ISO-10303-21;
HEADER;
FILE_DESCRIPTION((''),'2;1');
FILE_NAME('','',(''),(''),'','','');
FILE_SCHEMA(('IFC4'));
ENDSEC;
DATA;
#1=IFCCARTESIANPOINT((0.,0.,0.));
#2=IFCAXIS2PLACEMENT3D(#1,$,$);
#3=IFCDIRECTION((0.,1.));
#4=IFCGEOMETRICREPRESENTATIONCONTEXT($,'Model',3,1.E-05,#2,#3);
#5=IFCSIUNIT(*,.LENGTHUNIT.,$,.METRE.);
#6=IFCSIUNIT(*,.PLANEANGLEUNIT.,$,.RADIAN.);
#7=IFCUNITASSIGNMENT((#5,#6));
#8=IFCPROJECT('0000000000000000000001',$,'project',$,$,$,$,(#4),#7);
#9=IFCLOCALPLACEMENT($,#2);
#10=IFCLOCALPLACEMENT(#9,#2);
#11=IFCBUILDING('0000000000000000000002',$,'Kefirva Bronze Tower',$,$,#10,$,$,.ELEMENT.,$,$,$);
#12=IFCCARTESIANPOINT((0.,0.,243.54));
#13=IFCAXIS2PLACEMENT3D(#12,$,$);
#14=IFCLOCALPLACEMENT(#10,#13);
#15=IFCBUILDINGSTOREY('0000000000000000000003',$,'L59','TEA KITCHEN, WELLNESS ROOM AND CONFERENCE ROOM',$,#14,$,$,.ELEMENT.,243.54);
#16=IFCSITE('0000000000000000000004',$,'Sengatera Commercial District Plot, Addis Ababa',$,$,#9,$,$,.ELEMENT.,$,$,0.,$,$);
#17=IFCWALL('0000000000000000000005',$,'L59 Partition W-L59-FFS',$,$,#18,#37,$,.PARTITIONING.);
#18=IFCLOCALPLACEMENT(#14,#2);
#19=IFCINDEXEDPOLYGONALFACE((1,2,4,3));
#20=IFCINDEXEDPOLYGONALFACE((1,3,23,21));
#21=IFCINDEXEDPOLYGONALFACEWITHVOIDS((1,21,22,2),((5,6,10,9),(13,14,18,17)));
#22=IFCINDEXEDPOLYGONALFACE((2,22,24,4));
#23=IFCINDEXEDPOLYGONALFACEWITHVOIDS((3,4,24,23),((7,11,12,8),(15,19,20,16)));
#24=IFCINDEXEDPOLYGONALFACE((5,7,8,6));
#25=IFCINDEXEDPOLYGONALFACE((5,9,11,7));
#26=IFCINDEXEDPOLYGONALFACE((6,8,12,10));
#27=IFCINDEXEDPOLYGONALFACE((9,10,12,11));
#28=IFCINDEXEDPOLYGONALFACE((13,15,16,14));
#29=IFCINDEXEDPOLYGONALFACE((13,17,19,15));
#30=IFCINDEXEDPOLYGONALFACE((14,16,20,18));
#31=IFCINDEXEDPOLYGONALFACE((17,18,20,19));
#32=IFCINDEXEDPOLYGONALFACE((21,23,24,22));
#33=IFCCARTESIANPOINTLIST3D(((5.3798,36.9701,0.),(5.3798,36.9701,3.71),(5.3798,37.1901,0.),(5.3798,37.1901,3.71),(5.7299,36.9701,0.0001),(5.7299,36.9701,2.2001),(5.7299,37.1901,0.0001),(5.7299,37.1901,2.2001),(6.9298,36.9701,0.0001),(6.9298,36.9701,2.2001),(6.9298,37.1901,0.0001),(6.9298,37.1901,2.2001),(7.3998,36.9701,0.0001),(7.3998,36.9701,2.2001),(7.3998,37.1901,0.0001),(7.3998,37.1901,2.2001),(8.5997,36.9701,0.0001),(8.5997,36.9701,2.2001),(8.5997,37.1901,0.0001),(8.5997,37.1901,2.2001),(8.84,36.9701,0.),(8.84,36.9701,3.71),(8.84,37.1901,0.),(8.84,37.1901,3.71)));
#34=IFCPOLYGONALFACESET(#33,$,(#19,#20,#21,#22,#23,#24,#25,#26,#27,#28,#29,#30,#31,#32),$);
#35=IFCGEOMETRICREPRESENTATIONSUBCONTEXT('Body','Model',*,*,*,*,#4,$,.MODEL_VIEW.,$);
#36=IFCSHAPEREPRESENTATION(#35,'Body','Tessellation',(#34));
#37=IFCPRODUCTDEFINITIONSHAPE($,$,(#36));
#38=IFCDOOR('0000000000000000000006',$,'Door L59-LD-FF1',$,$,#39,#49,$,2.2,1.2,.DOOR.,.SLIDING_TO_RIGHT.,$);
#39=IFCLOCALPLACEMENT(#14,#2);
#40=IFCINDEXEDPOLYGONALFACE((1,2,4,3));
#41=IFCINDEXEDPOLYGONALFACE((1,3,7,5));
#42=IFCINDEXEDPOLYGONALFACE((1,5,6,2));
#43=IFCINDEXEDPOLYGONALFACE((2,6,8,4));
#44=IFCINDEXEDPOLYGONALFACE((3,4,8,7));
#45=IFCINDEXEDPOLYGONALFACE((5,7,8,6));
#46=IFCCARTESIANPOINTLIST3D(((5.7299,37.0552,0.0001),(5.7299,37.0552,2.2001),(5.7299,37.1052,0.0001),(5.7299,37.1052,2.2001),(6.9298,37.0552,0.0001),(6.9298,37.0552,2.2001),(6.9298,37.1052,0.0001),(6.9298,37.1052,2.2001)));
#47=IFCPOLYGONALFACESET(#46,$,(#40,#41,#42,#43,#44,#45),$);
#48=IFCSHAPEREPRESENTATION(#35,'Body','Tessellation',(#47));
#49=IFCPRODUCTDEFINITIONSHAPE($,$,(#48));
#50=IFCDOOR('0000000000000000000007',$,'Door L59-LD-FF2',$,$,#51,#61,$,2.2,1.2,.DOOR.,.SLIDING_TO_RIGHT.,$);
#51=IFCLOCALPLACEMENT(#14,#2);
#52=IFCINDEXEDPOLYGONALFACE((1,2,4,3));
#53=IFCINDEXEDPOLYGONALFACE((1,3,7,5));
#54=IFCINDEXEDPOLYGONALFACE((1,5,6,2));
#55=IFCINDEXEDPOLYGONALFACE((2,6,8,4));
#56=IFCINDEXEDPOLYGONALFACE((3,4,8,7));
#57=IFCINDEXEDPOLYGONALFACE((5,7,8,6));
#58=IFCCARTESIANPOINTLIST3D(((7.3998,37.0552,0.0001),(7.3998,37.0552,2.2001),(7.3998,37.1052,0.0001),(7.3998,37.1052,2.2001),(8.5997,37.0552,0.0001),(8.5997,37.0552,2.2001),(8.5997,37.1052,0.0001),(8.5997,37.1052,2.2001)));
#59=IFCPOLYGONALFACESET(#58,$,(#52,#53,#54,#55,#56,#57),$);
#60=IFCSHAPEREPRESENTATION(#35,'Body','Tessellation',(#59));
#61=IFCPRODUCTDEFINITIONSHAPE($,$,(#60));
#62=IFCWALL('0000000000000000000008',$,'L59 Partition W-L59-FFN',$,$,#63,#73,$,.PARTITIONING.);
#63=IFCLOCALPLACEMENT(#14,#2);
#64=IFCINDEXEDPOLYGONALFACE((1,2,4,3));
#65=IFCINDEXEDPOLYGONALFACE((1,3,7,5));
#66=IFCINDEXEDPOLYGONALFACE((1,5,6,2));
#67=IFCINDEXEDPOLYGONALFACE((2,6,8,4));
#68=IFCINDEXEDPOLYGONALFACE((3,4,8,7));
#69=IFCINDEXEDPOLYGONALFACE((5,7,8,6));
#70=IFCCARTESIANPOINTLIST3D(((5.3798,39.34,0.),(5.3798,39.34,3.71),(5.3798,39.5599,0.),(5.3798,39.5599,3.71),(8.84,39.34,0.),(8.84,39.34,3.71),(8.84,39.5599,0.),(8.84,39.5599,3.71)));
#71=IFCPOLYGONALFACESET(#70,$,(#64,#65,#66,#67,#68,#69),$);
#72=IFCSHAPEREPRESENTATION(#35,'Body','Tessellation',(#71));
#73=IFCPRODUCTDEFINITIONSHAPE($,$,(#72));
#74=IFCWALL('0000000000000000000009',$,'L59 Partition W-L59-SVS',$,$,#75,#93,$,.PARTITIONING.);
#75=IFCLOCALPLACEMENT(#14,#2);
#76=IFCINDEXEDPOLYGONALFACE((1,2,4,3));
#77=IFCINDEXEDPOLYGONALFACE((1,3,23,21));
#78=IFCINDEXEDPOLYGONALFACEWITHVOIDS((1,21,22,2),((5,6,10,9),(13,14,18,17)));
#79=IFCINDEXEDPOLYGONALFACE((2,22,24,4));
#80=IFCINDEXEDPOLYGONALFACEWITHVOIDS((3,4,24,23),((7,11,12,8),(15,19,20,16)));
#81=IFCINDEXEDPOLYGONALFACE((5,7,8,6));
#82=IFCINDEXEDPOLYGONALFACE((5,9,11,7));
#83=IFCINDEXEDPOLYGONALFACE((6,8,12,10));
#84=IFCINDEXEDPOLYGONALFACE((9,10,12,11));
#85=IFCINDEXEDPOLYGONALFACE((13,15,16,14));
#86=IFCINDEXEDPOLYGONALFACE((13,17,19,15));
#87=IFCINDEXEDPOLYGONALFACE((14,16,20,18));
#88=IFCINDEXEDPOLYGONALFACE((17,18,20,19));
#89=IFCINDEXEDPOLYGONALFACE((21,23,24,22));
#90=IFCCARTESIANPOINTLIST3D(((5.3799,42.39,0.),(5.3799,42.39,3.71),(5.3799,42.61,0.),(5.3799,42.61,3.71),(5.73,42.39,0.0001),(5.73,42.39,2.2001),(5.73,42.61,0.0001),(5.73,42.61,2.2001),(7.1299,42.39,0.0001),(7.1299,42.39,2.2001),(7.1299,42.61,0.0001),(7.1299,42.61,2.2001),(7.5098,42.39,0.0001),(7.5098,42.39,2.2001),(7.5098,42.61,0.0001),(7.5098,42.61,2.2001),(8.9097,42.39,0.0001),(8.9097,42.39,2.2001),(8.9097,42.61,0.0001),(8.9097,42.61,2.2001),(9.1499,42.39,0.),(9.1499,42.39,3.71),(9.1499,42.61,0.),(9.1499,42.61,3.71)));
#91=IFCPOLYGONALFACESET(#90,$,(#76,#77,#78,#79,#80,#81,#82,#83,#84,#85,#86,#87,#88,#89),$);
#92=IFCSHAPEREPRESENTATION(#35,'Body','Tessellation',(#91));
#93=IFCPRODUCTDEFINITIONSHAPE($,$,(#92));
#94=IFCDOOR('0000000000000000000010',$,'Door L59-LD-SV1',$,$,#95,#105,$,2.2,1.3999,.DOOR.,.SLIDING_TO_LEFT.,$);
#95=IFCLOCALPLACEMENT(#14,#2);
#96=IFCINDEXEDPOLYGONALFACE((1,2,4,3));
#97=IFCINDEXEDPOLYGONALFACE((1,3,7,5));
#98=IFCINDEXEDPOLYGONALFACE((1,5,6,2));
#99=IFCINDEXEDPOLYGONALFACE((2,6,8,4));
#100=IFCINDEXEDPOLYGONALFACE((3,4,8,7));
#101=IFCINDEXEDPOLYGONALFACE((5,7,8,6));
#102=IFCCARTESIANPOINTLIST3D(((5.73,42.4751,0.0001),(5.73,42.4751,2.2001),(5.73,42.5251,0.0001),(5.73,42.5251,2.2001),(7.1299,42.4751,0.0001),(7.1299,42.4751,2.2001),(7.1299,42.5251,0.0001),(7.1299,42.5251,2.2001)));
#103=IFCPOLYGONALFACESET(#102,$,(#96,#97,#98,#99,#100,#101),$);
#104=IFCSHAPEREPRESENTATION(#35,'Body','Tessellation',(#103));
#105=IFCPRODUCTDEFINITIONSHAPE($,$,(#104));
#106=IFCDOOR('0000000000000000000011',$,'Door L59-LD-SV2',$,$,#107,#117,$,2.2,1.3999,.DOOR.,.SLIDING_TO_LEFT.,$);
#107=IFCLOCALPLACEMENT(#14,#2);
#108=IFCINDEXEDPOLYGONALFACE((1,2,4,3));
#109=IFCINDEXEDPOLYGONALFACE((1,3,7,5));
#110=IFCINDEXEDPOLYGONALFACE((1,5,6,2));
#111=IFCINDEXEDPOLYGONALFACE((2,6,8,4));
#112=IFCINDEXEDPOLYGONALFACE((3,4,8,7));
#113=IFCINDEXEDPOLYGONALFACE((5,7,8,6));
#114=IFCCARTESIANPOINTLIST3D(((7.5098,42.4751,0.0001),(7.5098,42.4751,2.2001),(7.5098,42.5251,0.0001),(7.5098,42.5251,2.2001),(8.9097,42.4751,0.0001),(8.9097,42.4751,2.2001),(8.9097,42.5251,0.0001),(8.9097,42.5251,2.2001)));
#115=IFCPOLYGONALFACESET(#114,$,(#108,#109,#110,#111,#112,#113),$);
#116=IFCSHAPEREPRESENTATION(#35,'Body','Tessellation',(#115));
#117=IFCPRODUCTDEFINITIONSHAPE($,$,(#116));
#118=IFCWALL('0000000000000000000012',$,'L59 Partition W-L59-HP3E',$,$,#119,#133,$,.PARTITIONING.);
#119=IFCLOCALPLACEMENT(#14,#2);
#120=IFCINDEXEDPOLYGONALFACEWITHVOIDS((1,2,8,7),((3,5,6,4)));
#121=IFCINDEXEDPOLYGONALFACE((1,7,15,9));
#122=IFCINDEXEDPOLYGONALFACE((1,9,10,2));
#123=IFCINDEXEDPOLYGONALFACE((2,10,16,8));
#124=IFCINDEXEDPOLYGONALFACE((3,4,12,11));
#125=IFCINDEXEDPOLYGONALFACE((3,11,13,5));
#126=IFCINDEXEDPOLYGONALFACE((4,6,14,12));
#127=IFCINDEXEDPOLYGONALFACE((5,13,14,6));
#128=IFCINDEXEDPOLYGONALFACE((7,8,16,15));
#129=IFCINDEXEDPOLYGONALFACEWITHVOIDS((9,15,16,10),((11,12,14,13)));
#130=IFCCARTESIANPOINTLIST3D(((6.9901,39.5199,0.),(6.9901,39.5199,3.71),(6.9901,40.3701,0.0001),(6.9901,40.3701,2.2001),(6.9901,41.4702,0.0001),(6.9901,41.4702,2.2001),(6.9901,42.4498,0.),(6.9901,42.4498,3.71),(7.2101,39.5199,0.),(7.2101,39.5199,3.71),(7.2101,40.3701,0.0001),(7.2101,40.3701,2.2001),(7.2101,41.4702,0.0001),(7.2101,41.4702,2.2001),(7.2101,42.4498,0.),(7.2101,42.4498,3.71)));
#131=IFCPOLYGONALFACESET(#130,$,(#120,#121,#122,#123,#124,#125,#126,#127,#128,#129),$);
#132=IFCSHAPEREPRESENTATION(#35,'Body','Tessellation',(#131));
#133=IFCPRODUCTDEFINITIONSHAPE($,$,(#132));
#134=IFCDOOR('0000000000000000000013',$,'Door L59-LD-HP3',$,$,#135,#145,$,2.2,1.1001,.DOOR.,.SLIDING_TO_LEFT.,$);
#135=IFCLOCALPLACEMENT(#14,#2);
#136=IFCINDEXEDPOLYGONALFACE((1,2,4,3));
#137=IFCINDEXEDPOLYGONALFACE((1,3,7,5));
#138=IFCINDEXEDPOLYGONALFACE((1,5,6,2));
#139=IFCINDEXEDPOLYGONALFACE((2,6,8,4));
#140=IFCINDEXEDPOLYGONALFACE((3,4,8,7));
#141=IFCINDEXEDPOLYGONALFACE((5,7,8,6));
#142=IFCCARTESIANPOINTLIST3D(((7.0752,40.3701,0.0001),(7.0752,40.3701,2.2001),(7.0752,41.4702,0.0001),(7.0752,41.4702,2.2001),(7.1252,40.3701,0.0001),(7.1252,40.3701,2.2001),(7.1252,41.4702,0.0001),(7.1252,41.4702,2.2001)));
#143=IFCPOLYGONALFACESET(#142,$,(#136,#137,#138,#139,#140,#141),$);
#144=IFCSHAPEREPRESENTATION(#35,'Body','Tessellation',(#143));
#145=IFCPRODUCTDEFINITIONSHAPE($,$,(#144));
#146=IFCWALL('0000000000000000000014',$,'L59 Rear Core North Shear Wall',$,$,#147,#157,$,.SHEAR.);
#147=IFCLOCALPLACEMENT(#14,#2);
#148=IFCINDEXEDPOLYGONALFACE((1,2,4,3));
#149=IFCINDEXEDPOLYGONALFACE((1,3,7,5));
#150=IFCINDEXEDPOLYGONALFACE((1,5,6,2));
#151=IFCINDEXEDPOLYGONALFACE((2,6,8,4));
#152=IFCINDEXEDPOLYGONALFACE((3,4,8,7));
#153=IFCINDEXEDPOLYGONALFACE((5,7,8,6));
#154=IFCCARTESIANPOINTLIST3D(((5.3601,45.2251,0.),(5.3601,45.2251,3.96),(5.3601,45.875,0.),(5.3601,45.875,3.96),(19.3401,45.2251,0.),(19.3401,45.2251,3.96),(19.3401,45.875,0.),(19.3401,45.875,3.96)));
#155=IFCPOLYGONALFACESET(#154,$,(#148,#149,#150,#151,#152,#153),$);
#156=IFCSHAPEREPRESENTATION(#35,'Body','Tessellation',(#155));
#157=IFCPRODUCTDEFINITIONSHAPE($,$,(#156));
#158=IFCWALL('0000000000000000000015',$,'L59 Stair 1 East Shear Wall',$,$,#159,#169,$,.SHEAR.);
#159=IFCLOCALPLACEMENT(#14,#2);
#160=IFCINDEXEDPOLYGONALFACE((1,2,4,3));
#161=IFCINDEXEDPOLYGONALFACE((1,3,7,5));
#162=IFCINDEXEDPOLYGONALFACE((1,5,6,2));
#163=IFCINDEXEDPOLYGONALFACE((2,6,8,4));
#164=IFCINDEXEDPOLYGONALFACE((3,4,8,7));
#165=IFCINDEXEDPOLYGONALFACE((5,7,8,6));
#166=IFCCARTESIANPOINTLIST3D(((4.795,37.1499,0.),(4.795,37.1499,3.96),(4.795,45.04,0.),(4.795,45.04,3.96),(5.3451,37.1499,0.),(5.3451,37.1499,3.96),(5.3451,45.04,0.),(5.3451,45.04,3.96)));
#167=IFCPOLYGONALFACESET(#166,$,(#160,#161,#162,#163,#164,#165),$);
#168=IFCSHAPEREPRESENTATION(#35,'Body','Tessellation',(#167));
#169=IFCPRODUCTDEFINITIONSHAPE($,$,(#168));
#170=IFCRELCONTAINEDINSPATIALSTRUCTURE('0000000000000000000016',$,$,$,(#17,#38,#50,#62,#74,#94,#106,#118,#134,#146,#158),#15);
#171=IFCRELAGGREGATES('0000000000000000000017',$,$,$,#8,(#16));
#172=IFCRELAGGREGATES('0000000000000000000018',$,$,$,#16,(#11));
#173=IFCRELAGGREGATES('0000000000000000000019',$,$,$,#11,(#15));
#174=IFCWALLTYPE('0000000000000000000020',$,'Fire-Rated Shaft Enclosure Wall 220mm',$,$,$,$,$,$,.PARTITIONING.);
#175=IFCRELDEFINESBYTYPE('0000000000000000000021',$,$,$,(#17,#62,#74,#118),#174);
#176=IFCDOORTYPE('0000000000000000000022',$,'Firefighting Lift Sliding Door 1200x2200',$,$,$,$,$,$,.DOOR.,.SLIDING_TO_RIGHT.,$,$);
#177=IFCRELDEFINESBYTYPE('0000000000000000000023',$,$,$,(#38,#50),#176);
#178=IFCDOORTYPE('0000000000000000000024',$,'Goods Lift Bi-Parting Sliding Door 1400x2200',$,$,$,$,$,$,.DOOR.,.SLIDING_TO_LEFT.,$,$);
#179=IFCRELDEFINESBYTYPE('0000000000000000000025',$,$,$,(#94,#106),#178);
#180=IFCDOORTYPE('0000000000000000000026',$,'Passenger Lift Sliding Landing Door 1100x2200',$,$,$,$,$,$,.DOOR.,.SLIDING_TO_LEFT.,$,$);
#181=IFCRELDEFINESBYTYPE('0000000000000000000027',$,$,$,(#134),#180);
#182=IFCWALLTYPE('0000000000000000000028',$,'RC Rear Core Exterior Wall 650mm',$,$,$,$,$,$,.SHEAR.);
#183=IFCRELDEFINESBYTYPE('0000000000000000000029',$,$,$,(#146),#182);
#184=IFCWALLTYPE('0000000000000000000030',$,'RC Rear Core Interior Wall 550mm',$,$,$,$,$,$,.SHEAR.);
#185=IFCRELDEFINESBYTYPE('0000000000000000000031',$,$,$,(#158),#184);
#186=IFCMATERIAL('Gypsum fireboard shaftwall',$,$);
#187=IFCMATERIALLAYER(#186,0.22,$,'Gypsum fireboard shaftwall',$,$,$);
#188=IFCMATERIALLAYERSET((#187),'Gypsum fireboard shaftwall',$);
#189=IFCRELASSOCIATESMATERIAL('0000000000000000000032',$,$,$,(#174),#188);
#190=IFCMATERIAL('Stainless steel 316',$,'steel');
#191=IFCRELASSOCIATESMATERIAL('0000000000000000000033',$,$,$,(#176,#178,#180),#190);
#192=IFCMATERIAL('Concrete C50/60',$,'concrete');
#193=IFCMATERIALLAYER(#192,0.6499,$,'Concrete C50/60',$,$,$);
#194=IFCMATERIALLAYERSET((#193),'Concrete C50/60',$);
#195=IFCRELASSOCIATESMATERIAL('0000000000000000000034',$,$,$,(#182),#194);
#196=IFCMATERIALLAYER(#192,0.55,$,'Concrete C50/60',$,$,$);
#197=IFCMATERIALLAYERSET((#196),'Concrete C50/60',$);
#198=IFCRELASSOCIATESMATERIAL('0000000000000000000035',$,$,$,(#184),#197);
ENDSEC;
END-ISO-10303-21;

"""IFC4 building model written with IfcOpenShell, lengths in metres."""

from ifc_helpers import new_model, si_unit, direction, frame, frame_2d, origin, place, context, subcontext, project, spatial, rectangle, extrude, material, layer, layer_set, type_object, element, fill, save


model = new_model("IFC4")

# Units and contexts
model_context = context("Model", 3, precision=1e-05, world=origin(), true_north=direction((0.0, 1.0)))
body_context = subcontext(model_context, "Body", "Model", "MODEL_VIEW")
ifc_project = project(units=[si_unit("LENGTHUNIT", "METRE"), si_unit("PLANEANGLEUNIT", "RADIAN")], contexts=[model_context])

# Site, building, storey
site_placement = place(None, origin())
site = spatial("IfcSite", under=ifc_project, at=site_placement, Name="Sengatera Commercial District Plot, Addis Ababa", CompositionType="ELEMENT", RefElevation=0.0)
building_placement = place(site_placement, origin())
building = spatial("IfcBuilding", under=site, at=building_placement, Name="Kefirva Bronze Tower", CompositionType="ELEMENT")
storey_placement = place(building_placement, frame((0.0, 0.0, 243.54)))
storey = spatial("IfcBuildingStorey", under=building, at=storey_placement, Name="L59", Description="TEA KITCHEN, WELLNESS ROOM AND CONFERENCE ROOM", CompositionType="ELEMENT", Elevation=243.54)

# Wall, openings, doors
ifc_material_1 = material(Name="Gypsum fireboard shaftwall")
ifc_layer_1 = layer(ifc_material_1, 0.22, Name="Gypsum fireboard shaftwall")
ifc_layer_set_1 = layer_set([ifc_layer_1], Name="Gypsum fireboard shaftwall")
wall_type_1 = type_object("IfcWallType", Name="Fire-Rated Shaft Enclosure Wall 220mm", PredefinedType="PARTITIONING", material=ifc_layer_set_1)
wall_1_placement = place(storey_placement, frame((5.3799, 37.0801, 0.0), z_axis=(0.0, 0.0, 1.0), x_axis=(1.0, 0.0, 0.0)))
wall_1 = element("IfcWall", 1, at=wall_1_placement, inside=storey, type_object=wall_type_1, Name="L59 Partition W-L59-FFS", PredefinedType="PARTITIONING", context=body_context, shape_type="SweptSolid", body=[
    extrude(rectangle(XDim=3.4602, YDim=0.22, at=frame_2d((1.73, 0.0))), origin(), (0.0, 0.0, 1.0), 3.71),
])
opening_1_placement = place(wall_1_placement, frame((1.55, 0.0, 0.0), z_axis=(0.0, 0.0, 1.0), x_axis=(-1.0, 0.0, 0.0)))
opening_1 = element("IfcOpeningElement", 2, at=opening_1_placement, cuts=wall_1, PredefinedType="OPENING", context=body_context, shape_type="SweptSolid", body=[
    extrude(rectangle(XDim=1.2, YDim=2.2, at=frame_2d((0.6001, 1.1001))), frame((0.0, 0.1201, 0.0), z_axis=(0.0, -1.0, 0.0), x_axis=(1.0, 0.0, 0.0)), (0.0, 0.0, 1.0), 0.24),
])
opening_2_placement = place(wall_1_placement, frame((3.22, 0.0, 0.0), z_axis=(0.0, 0.0, 1.0), x_axis=(-1.0, 0.0, 0.0)))
opening_2 = element("IfcOpeningElement", 3, at=opening_2_placement, cuts=wall_1, PredefinedType="OPENING", context=body_context, shape_type="SweptSolid", body=[
    extrude(rectangle(XDim=1.2, YDim=2.2, at=frame_2d((0.6001, 1.1001))), frame((0.0, 0.1201, 0.0), z_axis=(0.0, -1.0, 0.0), x_axis=(1.0, 0.0, 0.0)), (0.0, 0.0, 1.0), 0.24),
])
ifc_material_2 = material(Name="Stainless steel 316", Category="steel")
door_type_1 = type_object("IfcDoorType", Name="Firefighting Lift Sliding Door 1200x2200", OperationType="SLIDING_TO_RIGHT", PredefinedType="DOOR", material=ifc_material_2)
door_1_placement = place(opening_1_placement, origin())
door_1 = element("IfcDoor", 4, at=door_1_placement, inside=storey, type_object=door_type_1, Name="Door L59-LD-FF1", OperationType="SLIDING_TO_RIGHT", OverallHeight=2.2, OverallWidth=1.2, PredefinedType="DOOR", context=body_context, shape_type="SweptSolid", body=[
    extrude(rectangle(XDim=1.2, YDim=2.2, at=frame_2d((0.6001, 1.1001))), frame((0.0, 0.0249, 0.0), z_axis=(0.0, -1.0, 0.0), x_axis=(1.0, 0.0, 0.0)), (0.0, 0.0, 1.0), 0.05),
])
fill(opening_1, door_1)
door_2_placement = place(opening_2_placement, origin())
door_2 = element("IfcDoor", 5, at=door_2_placement, inside=storey, type_object=door_type_1, Name="Door L59-LD-FF2", OperationType="SLIDING_TO_RIGHT", OverallHeight=2.2, OverallWidth=1.2, PredefinedType="DOOR", context=body_context, shape_type="SweptSolid", body=[
    extrude(rectangle(XDim=1.2, YDim=2.2, at=frame_2d((0.6001, 1.1001))), frame((0.0, 0.0249, 0.0), z_axis=(0.0, -1.0, 0.0), x_axis=(1.0, 0.0, 0.0)), (0.0, 0.0, 1.0), 0.05),
])
fill(opening_2, door_2)

# Wall
wall_2_placement = place(storey_placement, frame((5.3799, 39.45, 0.0), z_axis=(0.0, 0.0, 1.0), x_axis=(1.0, 0.0, 0.0)))
element("IfcWall", 6, at=wall_2_placement, inside=storey, type_object=wall_type_1, Name="L59 Partition W-L59-FFN", PredefinedType="PARTITIONING", context=body_context, shape_type="SweptSolid", body=[
    extrude(rectangle(XDim=3.4602, YDim=0.22, at=frame_2d((1.73, 0.0))), origin(), (0.0, 0.0, 1.0), 3.71),
])

# Wall, openings, doors
wall_3_placement = place(storey_placement, frame((5.3799, 42.5, 0.0), z_axis=(0.0, 0.0, 1.0), x_axis=(1.0, 0.0, 0.0)))
wall_3 = element("IfcWall", 7, at=wall_3_placement, inside=storey, type_object=wall_type_1, Name="L59 Partition W-L59-SVS", PredefinedType="PARTITIONING", context=body_context, shape_type="SweptSolid", body=[
    extrude(rectangle(XDim=3.77, YDim=0.22, at=frame_2d((1.885, 0.0))), origin(), (0.0, 0.0, 1.0), 3.71),
])
opening_3_placement = place(wall_3_placement, frame((1.75, 0.0, 0.0), z_axis=(0.0, 0.0, 1.0), x_axis=(-1.0, 0.0, 0.0)))
opening_3 = element("IfcOpeningElement", 8, at=opening_3_placement, cuts=wall_3, PredefinedType="OPENING", context=body_context, shape_type="SweptSolid", body=[
    extrude(rectangle(XDim=1.3999, YDim=2.2, at=frame_2d((0.7, 1.1001))), frame((0.0, 0.1201, 0.0), z_axis=(0.0, -1.0, 0.0), x_axis=(1.0, 0.0, 0.0)), (0.0, 0.0, 1.0), 0.24),
])
opening_4_placement = place(wall_3_placement, frame((3.5298, 0.0, 0.0), z_axis=(0.0, 0.0, 1.0), x_axis=(-1.0, 0.0, 0.0)))
opening_4 = element("IfcOpeningElement", 9, at=opening_4_placement, cuts=wall_3, PredefinedType="OPENING", context=body_context, shape_type="SweptSolid", body=[
    extrude(rectangle(XDim=1.3999, YDim=2.2, at=frame_2d((0.7, 1.1001))), frame((0.0, 0.1201, 0.0), z_axis=(0.0, -1.0, 0.0), x_axis=(1.0, 0.0, 0.0)), (0.0, 0.0, 1.0), 0.24),
])
door_type_2 = type_object("IfcDoorType", Name="Goods Lift Bi-Parting Sliding Door 1400x2200", OperationType="SLIDING_TO_LEFT", PredefinedType="DOOR", material=ifc_material_2)
door_3_placement = place(opening_3_placement, origin())
door_3 = element("IfcDoor", 10, at=door_3_placement, inside=storey, type_object=door_type_2, Name="Door L59-LD-SV1", OperationType="SLIDING_TO_LEFT", OverallHeight=2.2, OverallWidth=1.3999, PredefinedType="DOOR", context=body_context, shape_type="SweptSolid", body=[
    extrude(rectangle(XDim=1.3999, YDim=2.2, at=frame_2d((0.7, 1.1001))), frame((0.0, 0.0249, 0.0), z_axis=(0.0, -1.0, 0.0), x_axis=(1.0, 0.0, 0.0)), (0.0, 0.0, 1.0), 0.05),
])
fill(opening_3, door_3)
door_4_placement = place(opening_4_placement, origin())
door_4 = element("IfcDoor", 11, at=door_4_placement, inside=storey, type_object=door_type_2, Name="Door L59-LD-SV2", OperationType="SLIDING_TO_LEFT", OverallHeight=2.2, OverallWidth=1.3999, PredefinedType="DOOR", context=body_context, shape_type="SweptSolid", body=[
    extrude(rectangle(XDim=1.3999, YDim=2.2, at=frame_2d((0.7, 1.1001))), frame((0.0, 0.0249, 0.0), z_axis=(0.0, -1.0, 0.0), x_axis=(1.0, 0.0, 0.0)), (0.0, 0.0, 1.0), 0.05),
])
fill(opening_4, door_4)

# Wall, opening, door
wall_4_placement = place(storey_placement, frame((7.1001, 39.52, 0.0), z_axis=(0.0, 0.0, 1.0), x_axis=(0.0, 1.0, 0.0)))
wall_4 = element("IfcWall", 12, at=wall_4_placement, inside=storey, type_object=wall_type_1, Name="L59 Partition W-L59-HP3E", PredefinedType="PARTITIONING", context=body_context, shape_type="SweptSolid", body=[
    extrude(rectangle(XDim=2.9299, YDim=0.22, at=frame_2d((1.4648, 0.0))), origin(), (0.0, 0.0, 1.0), 3.71),
])
opening_5_placement = place(wall_4_placement, frame((0.8501, 0.0, 0.0)))
opening_5 = element("IfcOpeningElement", 13, at=opening_5_placement, cuts=wall_4, PredefinedType="OPENING", context=body_context, shape_type="SweptSolid", body=[
    extrude(rectangle(XDim=1.1001, YDim=2.2, at=frame_2d((0.55, 1.1001))), frame((0.0, 0.1201, 0.0), z_axis=(0.0, -1.0, 0.0), x_axis=(1.0, 0.0, 0.0)), (0.0, 0.0, 1.0), 0.24),
])
door_type_3 = type_object("IfcDoorType", Name="Passenger Lift Sliding Landing Door 1100x2200", OperationType="SLIDING_TO_LEFT", PredefinedType="DOOR", material=ifc_material_2)
door_5_placement = place(opening_5_placement, origin())
door_5 = element("IfcDoor", 14, at=door_5_placement, inside=storey, type_object=door_type_3, Name="Door L59-LD-HP3", OperationType="SLIDING_TO_LEFT", OverallHeight=2.2, OverallWidth=1.1001, PredefinedType="DOOR", context=body_context, shape_type="SweptSolid", body=[
    extrude(rectangle(XDim=1.1001, YDim=2.2, at=frame_2d((0.55, 1.1001))), frame((0.0, 0.0249, 0.0), z_axis=(0.0, -1.0, 0.0), x_axis=(1.0, 0.0, 0.0)), (0.0, 0.0, 1.0), 0.05),
])
fill(opening_5, door_5)

# Walls
ifc_material_3 = material(Name="Concrete C50/60", Category="concrete")
ifc_layer_2 = layer(ifc_material_3, 0.6499, Name="Concrete C50/60")
ifc_layer_set_2 = layer_set([ifc_layer_2], Name="Concrete C50/60")
wall_type_2 = type_object("IfcWallType", Name="RC Rear Core Exterior Wall 650mm", PredefinedType="SHEAR", material=ifc_layer_set_2)
wall_5_placement = place(storey_placement, frame((5.3601, 45.55, 0.0), z_axis=(0.0, 0.0, 1.0), x_axis=(1.0, 0.0, 0.0)))
element("IfcWall", 15, at=wall_5_placement, inside=storey, type_object=wall_type_2, Name="L59 Rear Core North Shear Wall", PredefinedType="SHEAR", context=body_context, shape_type="SweptSolid", body=[
    extrude(rectangle(XDim=13.98, YDim=0.6499, at=frame_2d((6.99, 0.0))), origin(), (0.0, 0.0, 1.0), 3.96),
])
ifc_layer_3 = layer(ifc_material_3, 0.55, Name="Concrete C50/60")
ifc_layer_set_3 = layer_set([ifc_layer_3], Name="Concrete C50/60")
wall_type_3 = type_object("IfcWallType", Name="RC Rear Core Interior Wall 550mm", PredefinedType="SHEAR", material=ifc_layer_set_3)
wall_6_placement = place(storey_placement, frame((5.0701, 37.1499, 0.0), z_axis=(0.0, 0.0, 1.0), x_axis=(0.0, 1.0, 0.0)))
element("IfcWall", 16, at=wall_6_placement, inside=storey, type_object=wall_type_3, Name="L59 Stair 1 East Shear Wall", PredefinedType="SHEAR", context=body_context, shape_type="SweptSolid", body=[
    extrude(rectangle(XDim=7.8901, YDim=0.55, at=frame_2d((3.9451, 0.0))), origin(), (0.0, 0.0, 1.0), 3.96),
])

save(model, "model.ifc")
